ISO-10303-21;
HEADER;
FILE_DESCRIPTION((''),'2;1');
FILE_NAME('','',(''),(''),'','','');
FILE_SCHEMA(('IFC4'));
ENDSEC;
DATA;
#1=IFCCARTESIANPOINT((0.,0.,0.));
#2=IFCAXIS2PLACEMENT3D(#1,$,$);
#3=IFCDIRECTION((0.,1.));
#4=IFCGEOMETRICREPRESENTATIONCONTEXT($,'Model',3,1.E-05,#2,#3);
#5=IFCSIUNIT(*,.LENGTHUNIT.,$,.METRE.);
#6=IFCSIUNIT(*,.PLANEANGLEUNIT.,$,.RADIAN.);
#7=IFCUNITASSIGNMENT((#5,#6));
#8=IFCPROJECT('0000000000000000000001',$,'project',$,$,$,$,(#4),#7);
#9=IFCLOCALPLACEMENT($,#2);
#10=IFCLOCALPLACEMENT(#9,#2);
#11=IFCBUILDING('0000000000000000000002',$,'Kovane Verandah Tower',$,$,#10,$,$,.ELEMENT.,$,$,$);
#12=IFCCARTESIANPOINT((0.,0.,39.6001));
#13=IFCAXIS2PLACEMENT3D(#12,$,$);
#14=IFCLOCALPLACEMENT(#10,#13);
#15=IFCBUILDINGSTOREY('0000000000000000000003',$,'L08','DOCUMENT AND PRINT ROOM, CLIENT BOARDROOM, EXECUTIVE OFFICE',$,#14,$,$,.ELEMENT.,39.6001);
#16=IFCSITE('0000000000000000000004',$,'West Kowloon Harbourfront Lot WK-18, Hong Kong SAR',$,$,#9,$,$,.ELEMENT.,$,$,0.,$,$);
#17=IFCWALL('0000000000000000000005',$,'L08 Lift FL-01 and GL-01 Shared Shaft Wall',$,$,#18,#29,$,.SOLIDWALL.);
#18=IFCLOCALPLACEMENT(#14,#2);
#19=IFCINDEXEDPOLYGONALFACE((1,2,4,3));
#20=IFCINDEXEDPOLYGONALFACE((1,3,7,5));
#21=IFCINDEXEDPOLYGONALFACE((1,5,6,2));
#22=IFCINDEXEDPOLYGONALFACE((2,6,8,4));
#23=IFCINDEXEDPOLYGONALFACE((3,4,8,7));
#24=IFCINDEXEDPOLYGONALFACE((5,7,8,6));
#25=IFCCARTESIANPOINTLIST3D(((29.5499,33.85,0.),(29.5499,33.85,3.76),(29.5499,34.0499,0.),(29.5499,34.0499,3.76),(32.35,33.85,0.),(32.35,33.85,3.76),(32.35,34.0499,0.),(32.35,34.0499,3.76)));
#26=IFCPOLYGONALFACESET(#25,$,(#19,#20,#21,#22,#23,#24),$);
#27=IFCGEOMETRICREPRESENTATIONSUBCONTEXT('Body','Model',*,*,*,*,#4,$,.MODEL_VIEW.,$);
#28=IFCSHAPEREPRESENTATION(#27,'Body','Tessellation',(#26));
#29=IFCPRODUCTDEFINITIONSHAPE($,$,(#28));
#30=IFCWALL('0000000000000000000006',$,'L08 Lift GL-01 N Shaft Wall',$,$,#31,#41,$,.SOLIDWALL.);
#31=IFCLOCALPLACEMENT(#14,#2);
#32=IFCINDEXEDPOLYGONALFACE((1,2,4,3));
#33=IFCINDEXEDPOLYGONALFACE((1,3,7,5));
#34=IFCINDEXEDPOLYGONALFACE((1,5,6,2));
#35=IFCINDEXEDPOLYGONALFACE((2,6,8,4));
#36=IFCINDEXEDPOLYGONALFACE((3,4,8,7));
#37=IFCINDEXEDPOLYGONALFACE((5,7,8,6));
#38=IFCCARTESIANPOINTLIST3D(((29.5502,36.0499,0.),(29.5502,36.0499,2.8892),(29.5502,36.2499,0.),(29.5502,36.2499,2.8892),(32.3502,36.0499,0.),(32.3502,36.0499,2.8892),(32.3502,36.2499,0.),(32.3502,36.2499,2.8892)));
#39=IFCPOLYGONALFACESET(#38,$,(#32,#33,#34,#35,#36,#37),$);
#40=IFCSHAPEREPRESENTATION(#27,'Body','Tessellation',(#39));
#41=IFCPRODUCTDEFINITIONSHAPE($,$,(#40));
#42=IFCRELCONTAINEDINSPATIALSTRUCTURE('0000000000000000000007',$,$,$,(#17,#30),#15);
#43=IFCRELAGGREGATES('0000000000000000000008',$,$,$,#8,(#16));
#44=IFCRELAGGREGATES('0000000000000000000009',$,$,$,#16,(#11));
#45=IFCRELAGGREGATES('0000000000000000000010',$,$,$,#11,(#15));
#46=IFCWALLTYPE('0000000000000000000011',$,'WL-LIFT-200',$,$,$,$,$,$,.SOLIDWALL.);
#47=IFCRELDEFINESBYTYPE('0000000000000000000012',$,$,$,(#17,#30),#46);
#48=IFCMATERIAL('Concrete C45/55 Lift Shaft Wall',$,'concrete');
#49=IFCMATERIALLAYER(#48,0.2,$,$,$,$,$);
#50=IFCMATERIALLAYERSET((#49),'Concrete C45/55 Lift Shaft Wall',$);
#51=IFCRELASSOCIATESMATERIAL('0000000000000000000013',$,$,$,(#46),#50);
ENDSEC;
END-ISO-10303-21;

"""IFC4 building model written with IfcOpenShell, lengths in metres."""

from ifc_helpers import new_model, si_unit, direction, frame, frame_2d, origin, place, context, subcontext, project, spatial, rectangle, extrude, material, layer, layer_set, type_object, element, save


model = new_model("IFC4")

# Units and contexts
model_context = context("Model", 3, precision=1e-05, world=origin(), true_north=direction((0.0, 1.0)))
body_context = subcontext(model_context, "Body", "Model", "MODEL_VIEW")
ifc_project = project(units=[si_unit("LENGTHUNIT", "METRE"), si_unit("PLANEANGLEUNIT", "RADIAN")], contexts=[model_context])

# Site, building, storey
site_placement = place(None, origin())
site = spatial("IfcSite", under=ifc_project, at=site_placement, Name="West Kowloon Harbourfront Lot WK-18, Hong Kong SAR", CompositionType="ELEMENT", RefElevation=0.0)
building_placement = place(site_placement, origin())
building = spatial("IfcBuilding", under=site, at=building_placement, Name="Kovane Verandah Tower", CompositionType="ELEMENT")
storey_placement = place(building_placement, frame((0.0, 0.0, 39.6001)))
storey = spatial("IfcBuildingStorey", under=building, at=storey_placement, Name="L08", Description="DOCUMENT AND PRINT ROOM, CLIENT BOARDROOM, EXECUTIVE OFFICE", CompositionType="ELEMENT", Elevation=39.6001)

# Walls
ifc_material_1 = material(Name="Concrete C45/55 Lift Shaft Wall", Category="concrete")
ifc_layer_1 = layer(ifc_material_1, 0.2)
ifc_layer_set_1 = layer_set([ifc_layer_1], Name="Concrete C45/55 Lift Shaft Wall")
wall_type_1 = type_object("IfcWallType", Name="WL-LIFT-200", PredefinedType="SOLIDWALL", material=ifc_layer_set_1)
wall_1_placement = place(storey_placement, frame((29.55, 33.95, 0.0), z_axis=(0.0, 0.0, 1.0), x_axis=(1.0, 0.0, 0.0)))
element("IfcWall", 1, at=wall_1_placement, inside=storey, type_object=wall_type_1, Name="L08 Lift FL-01 and GL-01 Shared Shaft Wall", PredefinedType="SOLIDWALL", context=body_context, shape_type="SweptSolid", body=[
    extrude(rectangle(XDim=2.8, YDim=0.2, at=frame_2d((1.3999, 0.0))), origin(), (0.0, 0.0, 1.0), 3.76),
])
wall_2_placement = place(storey_placement, frame((32.3501, 36.1499, 0.0), z_axis=(0.0, 0.0, 1.0), x_axis=(-1.0, 0.0, 0.0)))
element("IfcWall", 2, at=wall_2_placement, inside=storey, type_object=wall_type_1, Name="L08 Lift GL-01 N Shaft Wall", PredefinedType="SOLIDWALL", context=body_context, shape_type="SweptSolid", body=[
    extrude(rectangle(XDim=2.8, YDim=0.2, at=frame_2d((1.3999, 0.0))), origin(), (0.0, 0.0, 1.0), 2.8892),
])

save(model, "model.ifc")
